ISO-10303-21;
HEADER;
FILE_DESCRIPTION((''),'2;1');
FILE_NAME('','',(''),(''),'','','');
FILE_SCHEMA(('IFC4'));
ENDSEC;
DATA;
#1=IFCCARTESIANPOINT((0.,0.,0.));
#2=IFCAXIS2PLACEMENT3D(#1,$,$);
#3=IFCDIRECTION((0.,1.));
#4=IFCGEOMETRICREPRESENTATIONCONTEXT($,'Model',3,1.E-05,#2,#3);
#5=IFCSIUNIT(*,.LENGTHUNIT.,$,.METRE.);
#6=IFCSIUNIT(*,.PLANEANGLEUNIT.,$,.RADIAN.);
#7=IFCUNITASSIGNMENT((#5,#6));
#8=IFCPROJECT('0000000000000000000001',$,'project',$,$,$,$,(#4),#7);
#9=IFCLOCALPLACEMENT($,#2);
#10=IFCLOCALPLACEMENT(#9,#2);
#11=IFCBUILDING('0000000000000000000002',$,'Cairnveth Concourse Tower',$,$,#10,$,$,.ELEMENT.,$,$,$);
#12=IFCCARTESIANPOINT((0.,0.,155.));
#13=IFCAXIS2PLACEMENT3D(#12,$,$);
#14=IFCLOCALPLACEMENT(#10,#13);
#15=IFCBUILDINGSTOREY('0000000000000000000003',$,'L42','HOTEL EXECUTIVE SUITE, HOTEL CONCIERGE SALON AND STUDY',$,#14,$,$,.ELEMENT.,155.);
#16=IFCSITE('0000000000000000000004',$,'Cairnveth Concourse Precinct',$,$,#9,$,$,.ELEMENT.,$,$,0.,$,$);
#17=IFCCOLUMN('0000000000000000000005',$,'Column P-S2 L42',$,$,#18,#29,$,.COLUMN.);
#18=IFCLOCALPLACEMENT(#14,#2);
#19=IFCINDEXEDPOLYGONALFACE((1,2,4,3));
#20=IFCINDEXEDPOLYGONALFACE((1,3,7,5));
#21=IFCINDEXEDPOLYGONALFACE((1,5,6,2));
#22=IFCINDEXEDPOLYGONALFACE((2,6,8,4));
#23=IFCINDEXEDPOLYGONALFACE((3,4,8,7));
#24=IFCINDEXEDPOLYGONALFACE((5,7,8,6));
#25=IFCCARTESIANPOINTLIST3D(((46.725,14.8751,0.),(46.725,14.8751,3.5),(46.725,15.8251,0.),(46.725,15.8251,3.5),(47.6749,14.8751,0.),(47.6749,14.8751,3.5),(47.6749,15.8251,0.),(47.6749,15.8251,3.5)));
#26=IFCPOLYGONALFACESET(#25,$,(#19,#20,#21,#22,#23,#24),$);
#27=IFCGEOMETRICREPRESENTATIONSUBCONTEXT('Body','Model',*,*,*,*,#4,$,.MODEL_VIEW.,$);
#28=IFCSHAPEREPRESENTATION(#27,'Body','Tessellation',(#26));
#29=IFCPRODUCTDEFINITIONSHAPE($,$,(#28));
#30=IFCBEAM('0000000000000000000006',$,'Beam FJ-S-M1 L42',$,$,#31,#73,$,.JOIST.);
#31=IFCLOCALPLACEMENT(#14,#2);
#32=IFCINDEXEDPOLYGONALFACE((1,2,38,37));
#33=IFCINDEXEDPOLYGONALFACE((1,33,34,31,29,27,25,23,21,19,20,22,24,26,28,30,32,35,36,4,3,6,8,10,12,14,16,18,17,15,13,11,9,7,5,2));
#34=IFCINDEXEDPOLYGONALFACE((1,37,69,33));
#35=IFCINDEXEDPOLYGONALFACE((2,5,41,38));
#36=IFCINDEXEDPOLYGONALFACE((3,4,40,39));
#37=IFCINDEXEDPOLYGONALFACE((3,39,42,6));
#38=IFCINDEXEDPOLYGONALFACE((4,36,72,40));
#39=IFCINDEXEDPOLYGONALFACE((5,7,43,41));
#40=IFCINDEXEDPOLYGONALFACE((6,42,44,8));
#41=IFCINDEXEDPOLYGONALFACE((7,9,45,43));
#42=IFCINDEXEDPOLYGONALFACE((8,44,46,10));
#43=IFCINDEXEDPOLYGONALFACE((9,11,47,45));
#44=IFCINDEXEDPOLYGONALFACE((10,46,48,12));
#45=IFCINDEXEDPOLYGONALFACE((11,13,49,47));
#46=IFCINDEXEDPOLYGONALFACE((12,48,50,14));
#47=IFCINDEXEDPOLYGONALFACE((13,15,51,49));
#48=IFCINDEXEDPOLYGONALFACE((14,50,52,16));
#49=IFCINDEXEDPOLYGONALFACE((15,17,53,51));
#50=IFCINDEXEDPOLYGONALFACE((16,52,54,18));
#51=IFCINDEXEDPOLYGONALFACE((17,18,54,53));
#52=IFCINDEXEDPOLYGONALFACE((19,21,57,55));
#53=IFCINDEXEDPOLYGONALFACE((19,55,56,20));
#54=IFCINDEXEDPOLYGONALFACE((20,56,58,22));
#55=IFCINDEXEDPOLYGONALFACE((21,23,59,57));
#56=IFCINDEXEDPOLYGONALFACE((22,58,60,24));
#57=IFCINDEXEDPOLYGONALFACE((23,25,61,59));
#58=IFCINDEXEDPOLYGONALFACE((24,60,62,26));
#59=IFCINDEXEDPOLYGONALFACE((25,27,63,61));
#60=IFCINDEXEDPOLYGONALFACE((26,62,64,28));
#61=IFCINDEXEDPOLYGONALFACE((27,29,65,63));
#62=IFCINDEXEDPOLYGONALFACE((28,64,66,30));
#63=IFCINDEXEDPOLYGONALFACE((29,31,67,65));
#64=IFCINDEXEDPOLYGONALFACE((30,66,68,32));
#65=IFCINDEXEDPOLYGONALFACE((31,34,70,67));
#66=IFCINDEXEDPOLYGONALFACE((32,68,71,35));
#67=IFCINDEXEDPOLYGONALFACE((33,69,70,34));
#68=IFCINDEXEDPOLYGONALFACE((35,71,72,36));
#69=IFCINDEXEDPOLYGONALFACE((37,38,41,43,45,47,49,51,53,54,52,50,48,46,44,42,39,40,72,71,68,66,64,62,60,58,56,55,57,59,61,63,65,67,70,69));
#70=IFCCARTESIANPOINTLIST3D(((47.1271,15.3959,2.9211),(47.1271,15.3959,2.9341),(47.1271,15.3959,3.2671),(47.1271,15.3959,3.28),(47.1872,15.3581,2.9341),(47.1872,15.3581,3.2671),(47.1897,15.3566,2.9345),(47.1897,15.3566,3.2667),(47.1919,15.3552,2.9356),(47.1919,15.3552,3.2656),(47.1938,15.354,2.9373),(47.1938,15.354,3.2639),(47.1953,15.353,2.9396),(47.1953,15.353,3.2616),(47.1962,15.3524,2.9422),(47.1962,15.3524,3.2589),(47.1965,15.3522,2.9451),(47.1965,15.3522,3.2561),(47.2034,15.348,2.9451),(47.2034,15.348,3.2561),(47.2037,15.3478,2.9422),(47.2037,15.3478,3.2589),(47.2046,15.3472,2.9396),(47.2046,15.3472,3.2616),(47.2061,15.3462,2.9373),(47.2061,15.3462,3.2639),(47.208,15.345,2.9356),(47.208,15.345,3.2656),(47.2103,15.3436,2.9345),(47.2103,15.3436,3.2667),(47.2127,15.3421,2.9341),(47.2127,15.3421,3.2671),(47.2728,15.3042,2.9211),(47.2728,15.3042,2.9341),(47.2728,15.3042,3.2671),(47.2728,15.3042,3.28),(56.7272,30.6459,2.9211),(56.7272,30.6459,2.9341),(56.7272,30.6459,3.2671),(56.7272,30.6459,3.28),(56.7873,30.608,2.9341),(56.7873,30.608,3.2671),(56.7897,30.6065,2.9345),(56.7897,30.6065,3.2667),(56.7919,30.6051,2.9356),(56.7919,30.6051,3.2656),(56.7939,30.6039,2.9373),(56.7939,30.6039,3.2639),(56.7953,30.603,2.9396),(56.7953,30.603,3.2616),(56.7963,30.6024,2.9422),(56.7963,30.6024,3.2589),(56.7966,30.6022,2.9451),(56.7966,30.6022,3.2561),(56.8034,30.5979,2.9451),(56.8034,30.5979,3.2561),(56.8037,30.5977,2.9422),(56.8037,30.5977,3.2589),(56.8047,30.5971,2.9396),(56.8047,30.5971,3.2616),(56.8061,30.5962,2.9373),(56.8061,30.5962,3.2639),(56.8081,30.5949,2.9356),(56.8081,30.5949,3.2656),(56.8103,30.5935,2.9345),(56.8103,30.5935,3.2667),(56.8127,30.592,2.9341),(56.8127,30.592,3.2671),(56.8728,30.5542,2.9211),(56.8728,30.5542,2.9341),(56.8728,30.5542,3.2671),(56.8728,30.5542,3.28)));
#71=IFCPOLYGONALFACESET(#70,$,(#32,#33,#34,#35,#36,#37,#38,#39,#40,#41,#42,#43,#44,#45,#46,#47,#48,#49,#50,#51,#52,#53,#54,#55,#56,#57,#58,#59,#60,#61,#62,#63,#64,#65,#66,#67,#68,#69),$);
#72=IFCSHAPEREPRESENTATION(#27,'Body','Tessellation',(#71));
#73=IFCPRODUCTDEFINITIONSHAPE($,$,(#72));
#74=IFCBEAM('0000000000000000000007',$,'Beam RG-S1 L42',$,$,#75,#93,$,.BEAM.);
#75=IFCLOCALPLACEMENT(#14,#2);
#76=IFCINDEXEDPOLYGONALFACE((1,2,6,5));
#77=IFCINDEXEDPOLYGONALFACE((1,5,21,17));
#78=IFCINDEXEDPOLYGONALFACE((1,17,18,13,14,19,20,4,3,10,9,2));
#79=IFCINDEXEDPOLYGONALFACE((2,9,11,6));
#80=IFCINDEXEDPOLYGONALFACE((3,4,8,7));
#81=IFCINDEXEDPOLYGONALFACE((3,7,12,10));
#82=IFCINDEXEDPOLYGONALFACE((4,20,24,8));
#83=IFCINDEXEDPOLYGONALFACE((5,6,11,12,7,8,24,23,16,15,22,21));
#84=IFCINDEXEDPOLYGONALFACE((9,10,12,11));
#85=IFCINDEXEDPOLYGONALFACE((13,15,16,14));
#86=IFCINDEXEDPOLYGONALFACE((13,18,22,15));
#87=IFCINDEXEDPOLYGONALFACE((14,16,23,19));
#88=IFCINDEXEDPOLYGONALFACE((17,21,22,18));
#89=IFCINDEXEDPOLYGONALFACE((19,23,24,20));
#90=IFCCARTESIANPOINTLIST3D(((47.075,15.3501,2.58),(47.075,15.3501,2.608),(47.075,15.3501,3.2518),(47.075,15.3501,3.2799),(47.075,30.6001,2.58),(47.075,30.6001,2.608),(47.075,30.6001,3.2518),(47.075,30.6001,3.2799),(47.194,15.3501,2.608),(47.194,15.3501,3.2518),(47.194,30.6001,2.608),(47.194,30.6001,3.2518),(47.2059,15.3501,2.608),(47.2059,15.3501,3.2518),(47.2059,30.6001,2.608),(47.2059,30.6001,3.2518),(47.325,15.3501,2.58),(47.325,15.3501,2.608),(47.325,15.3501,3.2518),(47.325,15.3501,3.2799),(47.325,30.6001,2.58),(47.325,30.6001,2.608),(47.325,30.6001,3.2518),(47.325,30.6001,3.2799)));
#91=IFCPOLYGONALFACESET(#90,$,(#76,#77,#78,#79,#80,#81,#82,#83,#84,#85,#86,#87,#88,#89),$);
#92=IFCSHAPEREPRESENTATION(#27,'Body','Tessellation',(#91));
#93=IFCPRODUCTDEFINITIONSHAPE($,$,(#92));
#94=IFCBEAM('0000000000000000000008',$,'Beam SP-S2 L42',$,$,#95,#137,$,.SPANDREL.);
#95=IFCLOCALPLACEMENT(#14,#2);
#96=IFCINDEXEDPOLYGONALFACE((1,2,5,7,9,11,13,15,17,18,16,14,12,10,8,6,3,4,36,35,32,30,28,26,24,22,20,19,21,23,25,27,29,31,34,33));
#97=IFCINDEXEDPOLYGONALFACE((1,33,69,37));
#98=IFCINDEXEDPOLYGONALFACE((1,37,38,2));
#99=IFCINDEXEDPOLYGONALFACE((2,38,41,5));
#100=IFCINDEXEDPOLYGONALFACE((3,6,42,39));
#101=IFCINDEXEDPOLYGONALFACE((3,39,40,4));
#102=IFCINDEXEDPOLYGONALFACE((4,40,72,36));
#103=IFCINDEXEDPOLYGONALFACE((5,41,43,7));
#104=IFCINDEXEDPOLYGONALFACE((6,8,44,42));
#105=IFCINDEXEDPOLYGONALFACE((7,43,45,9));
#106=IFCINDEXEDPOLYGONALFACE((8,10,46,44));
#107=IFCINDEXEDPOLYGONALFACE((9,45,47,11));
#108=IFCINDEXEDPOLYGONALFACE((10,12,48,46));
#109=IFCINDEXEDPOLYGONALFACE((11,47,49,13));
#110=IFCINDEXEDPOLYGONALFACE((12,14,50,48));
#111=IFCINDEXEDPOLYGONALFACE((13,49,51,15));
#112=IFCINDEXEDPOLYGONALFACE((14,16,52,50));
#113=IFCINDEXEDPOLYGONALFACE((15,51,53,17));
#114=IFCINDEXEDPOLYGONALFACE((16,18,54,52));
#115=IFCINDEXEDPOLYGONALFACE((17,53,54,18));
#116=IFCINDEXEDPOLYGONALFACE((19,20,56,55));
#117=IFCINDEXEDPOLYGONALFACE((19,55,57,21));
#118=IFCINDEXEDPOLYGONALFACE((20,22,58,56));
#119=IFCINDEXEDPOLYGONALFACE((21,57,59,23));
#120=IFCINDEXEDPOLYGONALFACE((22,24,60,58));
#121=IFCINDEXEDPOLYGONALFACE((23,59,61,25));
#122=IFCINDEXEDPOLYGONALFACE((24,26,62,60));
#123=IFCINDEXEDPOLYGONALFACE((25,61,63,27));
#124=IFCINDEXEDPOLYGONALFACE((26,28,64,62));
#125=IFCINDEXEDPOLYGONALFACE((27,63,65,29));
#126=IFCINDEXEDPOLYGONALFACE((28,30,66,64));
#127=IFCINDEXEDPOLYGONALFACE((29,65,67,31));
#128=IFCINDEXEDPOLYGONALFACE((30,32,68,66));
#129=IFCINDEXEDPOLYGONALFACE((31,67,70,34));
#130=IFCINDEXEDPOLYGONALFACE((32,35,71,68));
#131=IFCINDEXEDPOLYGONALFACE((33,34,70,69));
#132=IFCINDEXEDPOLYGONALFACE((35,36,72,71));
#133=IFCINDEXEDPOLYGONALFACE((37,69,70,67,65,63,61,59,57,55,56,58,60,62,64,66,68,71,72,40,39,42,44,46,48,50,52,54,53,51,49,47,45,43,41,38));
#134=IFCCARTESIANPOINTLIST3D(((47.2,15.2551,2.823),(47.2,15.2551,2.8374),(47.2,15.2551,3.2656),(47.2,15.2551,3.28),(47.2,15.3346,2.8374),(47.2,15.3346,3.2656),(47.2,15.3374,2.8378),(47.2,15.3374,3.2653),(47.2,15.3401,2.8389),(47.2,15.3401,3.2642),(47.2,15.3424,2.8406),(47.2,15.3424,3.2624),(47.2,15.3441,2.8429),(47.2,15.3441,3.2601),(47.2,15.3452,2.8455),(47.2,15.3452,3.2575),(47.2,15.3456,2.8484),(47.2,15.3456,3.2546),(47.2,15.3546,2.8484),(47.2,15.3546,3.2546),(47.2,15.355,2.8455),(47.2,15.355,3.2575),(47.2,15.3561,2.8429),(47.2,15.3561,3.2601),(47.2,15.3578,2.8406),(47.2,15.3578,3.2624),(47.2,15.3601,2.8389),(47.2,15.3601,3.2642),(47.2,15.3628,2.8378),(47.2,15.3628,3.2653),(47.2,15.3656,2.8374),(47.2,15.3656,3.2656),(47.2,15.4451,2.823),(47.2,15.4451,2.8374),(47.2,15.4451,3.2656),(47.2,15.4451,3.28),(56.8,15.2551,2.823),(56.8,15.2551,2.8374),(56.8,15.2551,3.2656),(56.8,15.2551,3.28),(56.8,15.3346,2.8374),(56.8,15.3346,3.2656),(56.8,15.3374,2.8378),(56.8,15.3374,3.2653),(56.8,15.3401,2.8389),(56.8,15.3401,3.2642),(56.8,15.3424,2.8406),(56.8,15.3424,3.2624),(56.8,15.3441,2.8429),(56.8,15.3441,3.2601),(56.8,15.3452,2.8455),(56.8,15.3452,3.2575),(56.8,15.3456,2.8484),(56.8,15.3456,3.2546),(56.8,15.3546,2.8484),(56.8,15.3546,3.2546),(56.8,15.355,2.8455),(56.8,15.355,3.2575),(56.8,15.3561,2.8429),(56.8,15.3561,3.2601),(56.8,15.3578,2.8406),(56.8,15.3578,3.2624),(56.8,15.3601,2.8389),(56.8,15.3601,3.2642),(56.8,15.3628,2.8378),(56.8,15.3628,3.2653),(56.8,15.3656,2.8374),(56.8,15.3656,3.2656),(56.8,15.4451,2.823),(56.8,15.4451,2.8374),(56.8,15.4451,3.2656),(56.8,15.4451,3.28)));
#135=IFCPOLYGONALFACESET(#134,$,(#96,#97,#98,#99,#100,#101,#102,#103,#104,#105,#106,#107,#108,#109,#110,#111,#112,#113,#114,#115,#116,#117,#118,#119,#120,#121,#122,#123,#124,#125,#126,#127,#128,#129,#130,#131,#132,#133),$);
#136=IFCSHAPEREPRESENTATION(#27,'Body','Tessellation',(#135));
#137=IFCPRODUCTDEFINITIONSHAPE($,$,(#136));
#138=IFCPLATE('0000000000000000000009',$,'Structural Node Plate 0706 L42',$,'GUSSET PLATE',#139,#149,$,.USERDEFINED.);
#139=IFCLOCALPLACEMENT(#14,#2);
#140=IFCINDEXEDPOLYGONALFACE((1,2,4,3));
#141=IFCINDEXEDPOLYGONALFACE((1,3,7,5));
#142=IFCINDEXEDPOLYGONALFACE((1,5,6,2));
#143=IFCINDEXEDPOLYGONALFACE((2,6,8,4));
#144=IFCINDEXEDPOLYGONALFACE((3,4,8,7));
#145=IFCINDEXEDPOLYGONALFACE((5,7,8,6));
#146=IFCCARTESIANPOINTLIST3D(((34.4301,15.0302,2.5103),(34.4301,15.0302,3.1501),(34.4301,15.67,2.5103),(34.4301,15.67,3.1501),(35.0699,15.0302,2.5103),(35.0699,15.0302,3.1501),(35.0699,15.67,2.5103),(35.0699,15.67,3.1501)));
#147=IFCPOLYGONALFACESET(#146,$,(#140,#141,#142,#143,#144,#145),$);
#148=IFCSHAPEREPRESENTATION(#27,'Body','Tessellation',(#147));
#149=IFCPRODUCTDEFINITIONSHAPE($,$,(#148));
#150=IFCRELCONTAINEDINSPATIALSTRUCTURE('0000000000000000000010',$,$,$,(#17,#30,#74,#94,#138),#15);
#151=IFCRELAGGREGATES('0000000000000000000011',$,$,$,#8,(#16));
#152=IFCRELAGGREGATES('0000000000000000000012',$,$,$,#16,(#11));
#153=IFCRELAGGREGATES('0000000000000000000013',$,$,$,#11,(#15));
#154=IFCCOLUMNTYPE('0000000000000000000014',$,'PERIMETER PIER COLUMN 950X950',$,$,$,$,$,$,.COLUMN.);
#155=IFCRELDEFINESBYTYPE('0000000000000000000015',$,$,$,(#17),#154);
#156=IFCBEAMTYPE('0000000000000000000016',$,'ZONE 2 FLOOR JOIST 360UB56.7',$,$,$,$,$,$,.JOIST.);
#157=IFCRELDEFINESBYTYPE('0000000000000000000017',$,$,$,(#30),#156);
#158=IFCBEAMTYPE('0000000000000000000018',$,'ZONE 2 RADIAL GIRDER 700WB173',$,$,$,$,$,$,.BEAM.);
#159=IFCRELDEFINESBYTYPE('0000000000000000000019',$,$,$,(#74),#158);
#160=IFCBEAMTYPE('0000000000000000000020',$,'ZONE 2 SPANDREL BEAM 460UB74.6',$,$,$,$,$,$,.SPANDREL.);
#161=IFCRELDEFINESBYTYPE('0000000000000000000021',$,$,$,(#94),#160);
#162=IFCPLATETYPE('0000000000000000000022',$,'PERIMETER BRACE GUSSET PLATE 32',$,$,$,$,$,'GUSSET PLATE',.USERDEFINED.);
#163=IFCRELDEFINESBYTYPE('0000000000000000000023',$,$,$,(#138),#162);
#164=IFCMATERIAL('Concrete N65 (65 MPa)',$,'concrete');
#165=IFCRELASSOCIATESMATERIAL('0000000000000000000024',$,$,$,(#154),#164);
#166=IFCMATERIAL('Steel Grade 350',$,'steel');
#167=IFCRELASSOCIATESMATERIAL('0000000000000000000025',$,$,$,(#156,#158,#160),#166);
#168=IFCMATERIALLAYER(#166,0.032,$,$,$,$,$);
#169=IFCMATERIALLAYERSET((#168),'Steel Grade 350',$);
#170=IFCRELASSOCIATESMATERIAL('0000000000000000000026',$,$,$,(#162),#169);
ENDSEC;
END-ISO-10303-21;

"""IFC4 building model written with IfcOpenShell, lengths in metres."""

from ifc_helpers import new_model, si_unit, direction, frame, origin, origin_2d, place, context, subcontext, project, spatial, rectangle, i_section, extrude, material, layer, layer_set, material_profile, profile_set, type_object, element, save


model = new_model("IFC4")

# Units and contexts
model_context = context("Model", 3, precision=1e-05, world=origin(), true_north=direction((0.0, 1.0)))
body_context = subcontext(model_context, "Body", "Model", "MODEL_VIEW")
ifc_project = project(units=[si_unit("LENGTHUNIT", "METRE"), si_unit("PLANEANGLEUNIT", "RADIAN")], contexts=[model_context])

# Site, building, storey
site_placement = place(None, origin())
site = spatial("IfcSite", under=ifc_project, at=site_placement, Name="Cairnveth Concourse Precinct", CompositionType="ELEMENT", RefElevation=0.0)
building_placement = place(site_placement, origin())
building = spatial("IfcBuilding", under=site, at=building_placement, Name="Cairnveth Concourse Tower", CompositionType="ELEMENT")
storey_placement = place(building_placement, frame((0.0, 0.0, 155.0)))
storey = spatial("IfcBuildingStorey", under=building, at=storey_placement, Name="L42", Description="HOTEL EXECUTIVE SUITE, HOTEL CONCIERGE SALON AND STUDY", CompositionType="ELEMENT", Elevation=155.0)

# Column
ifc_material_1 = material(Name="Concrete N65 (65 MPa)", Category="concrete")
ifc_material_profile_1 = material_profile(ifc_material_1, rectangle(XDim=0.95, YDim=0.95, at=origin_2d()), Name="RC-COL-950x950")
ifc_profile_set_1 = profile_set([ifc_material_profile_1], Name="Concrete N65 (65 MPa)")
column_type = type_object("IfcColumnType", Name="PERIMETER PIER COLUMN 950X950", PredefinedType="COLUMN", material=ifc_profile_set_1)
column_placement = place(storey_placement, frame((47.2, 15.3501, 0.0), z_axis=(0.0, 0.0, 1.0), x_axis=(1.0, 0.0, 0.0)))
element("IfcColumn", 1, at=column_placement, inside=storey, type_object=column_type, Name="Column P-S2 L42", PredefinedType="COLUMN", context=body_context, shape_type="SweptSolid", body=[
    extrude(rectangle(XDim=0.95, YDim=0.95, at=origin_2d()), origin(), (0.0, 0.0, 1.0), 3.5),
])

# Beams
ifc_material_2 = material(Name="Steel Grade 350", Category="steel")
ifc_material_profile_2 = material_profile(ifc_material_2, i_section(OverallWidth=0.1721, OverallDepth=0.3589, WebThickness=0.0081, FlangeThickness=0.0129, FilletRadius=0.011, at=origin_2d()), Name="360UB56.7")
ifc_profile_set_2 = profile_set([ifc_material_profile_2], Name="Steel Grade 350")
beam_type_1 = type_object("IfcBeamType", Name="ZONE 2 FLOOR JOIST 360UB56.7", PredefinedType="JOIST", material=ifc_profile_set_2)
beam_1_placement = place(storey_placement, frame((47.2, 15.3501, 3.1006), z_axis=(0.532744, 0.846277, 0.0), x_axis=(-0.846277, 0.532744, 0.0)))
element("IfcBeam", 2, at=beam_1_placement, inside=storey, type_object=beam_type_1, Name="Beam FJ-S-M1 L42", PredefinedType="JOIST", context=body_context, shape_type="SweptSolid", body=[
    extrude(i_section(OverallWidth=0.1721, OverallDepth=0.3589, WebThickness=0.0081, FlangeThickness=0.0129, FilletRadius=0.011, at=origin_2d()), origin(), (0.0, 0.0, 1.0), 18.02),
])
ifc_material_profile_3 = material_profile(ifc_material_2, i_section(OverallWidth=0.25, OverallDepth=0.7, WebThickness=0.012, FlangeThickness=0.0281, at=origin_2d()), Name="700WB173")
ifc_profile_set_3 = profile_set([ifc_material_profile_3], Name="Steel Grade 350")
beam_type_2 = type_object("IfcBeamType", Name="ZONE 2 RADIAL GIRDER 700WB173", PredefinedType="BEAM", material=ifc_profile_set_3)
beam_2_placement = place(storey_placement, frame((47.2, 15.3501, 2.9299), z_axis=(0.0, 1.0, 0.0), x_axis=(-1.0, 0.0, 0.0)))
element("IfcBeam", 3, at=beam_2_placement, inside=storey, type_object=beam_type_2, Name="Beam RG-S1 L42", PredefinedType="BEAM", context=body_context, shape_type="SweptSolid", body=[
    extrude(i_section(OverallWidth=0.25, OverallDepth=0.7, WebThickness=0.012, FlangeThickness=0.0281, at=origin_2d()), origin(), (0.0, 0.0, 1.0), 15.25),
])
ifc_material_profile_4 = material_profile(ifc_material_2, i_section(OverallWidth=0.1899, OverallDepth=0.457, WebThickness=0.009, FlangeThickness=0.0144, FilletRadius=0.011, at=origin_2d()), Name="460UB74.6")
ifc_profile_set_4 = profile_set([ifc_material_profile_4], Name="Steel Grade 350")
beam_type_3 = type_object("IfcBeamType", Name="ZONE 2 SPANDREL BEAM 460UB74.6", PredefinedType="SPANDREL", material=ifc_profile_set_4)
beam_3_placement = place(storey_placement, frame((47.2, 15.3501, 3.0515), z_axis=(1.0, 0.0, 0.0), x_axis=(0.0, 1.0, 0.0)))
element("IfcBeam", 4, at=beam_3_placement, inside=storey, type_object=beam_type_3, Name="Beam SP-S2 L42", PredefinedType="SPANDREL", context=body_context, shape_type="SweptSolid", body=[
    extrude(i_section(OverallWidth=0.1899, OverallDepth=0.457, WebThickness=0.009, FlangeThickness=0.0144, FilletRadius=0.011, at=origin_2d()), origin(), (0.0, 0.0, 1.0), 9.6001),
])

# Plate
ifc_layer_1 = layer(ifc_material_2, 0.032)
ifc_layer_set_1 = layer_set([ifc_layer_1], Name="Steel Grade 350")
plate_type = type_object("IfcPlateType", Name="PERIMETER BRACE GUSSET PLATE 32", ElementType="GUSSET PLATE", PredefinedType="USERDEFINED", material=ifc_layer_set_1)
plate_placement = place(storey_placement, frame((34.75, 15.3501, 2.5103), z_axis=(0.0, 0.0, 1.0), x_axis=(1.0, 0.0, 0.0)))
element("IfcPlate", 5, at=plate_placement, inside=storey, type_object=plate_type, Name="Structural Node Plate 0706 L42", ObjectType="GUSSET PLATE", PredefinedType="USERDEFINED", context=body_context, shape_type="SweptSolid", body=[
    extrude(rectangle(XDim=0.6399, YDim=0.6399, at=origin_2d()), origin(), (0.0, 0.0, 1.0), 0.6399),
])

save(model, "model.ifc")
